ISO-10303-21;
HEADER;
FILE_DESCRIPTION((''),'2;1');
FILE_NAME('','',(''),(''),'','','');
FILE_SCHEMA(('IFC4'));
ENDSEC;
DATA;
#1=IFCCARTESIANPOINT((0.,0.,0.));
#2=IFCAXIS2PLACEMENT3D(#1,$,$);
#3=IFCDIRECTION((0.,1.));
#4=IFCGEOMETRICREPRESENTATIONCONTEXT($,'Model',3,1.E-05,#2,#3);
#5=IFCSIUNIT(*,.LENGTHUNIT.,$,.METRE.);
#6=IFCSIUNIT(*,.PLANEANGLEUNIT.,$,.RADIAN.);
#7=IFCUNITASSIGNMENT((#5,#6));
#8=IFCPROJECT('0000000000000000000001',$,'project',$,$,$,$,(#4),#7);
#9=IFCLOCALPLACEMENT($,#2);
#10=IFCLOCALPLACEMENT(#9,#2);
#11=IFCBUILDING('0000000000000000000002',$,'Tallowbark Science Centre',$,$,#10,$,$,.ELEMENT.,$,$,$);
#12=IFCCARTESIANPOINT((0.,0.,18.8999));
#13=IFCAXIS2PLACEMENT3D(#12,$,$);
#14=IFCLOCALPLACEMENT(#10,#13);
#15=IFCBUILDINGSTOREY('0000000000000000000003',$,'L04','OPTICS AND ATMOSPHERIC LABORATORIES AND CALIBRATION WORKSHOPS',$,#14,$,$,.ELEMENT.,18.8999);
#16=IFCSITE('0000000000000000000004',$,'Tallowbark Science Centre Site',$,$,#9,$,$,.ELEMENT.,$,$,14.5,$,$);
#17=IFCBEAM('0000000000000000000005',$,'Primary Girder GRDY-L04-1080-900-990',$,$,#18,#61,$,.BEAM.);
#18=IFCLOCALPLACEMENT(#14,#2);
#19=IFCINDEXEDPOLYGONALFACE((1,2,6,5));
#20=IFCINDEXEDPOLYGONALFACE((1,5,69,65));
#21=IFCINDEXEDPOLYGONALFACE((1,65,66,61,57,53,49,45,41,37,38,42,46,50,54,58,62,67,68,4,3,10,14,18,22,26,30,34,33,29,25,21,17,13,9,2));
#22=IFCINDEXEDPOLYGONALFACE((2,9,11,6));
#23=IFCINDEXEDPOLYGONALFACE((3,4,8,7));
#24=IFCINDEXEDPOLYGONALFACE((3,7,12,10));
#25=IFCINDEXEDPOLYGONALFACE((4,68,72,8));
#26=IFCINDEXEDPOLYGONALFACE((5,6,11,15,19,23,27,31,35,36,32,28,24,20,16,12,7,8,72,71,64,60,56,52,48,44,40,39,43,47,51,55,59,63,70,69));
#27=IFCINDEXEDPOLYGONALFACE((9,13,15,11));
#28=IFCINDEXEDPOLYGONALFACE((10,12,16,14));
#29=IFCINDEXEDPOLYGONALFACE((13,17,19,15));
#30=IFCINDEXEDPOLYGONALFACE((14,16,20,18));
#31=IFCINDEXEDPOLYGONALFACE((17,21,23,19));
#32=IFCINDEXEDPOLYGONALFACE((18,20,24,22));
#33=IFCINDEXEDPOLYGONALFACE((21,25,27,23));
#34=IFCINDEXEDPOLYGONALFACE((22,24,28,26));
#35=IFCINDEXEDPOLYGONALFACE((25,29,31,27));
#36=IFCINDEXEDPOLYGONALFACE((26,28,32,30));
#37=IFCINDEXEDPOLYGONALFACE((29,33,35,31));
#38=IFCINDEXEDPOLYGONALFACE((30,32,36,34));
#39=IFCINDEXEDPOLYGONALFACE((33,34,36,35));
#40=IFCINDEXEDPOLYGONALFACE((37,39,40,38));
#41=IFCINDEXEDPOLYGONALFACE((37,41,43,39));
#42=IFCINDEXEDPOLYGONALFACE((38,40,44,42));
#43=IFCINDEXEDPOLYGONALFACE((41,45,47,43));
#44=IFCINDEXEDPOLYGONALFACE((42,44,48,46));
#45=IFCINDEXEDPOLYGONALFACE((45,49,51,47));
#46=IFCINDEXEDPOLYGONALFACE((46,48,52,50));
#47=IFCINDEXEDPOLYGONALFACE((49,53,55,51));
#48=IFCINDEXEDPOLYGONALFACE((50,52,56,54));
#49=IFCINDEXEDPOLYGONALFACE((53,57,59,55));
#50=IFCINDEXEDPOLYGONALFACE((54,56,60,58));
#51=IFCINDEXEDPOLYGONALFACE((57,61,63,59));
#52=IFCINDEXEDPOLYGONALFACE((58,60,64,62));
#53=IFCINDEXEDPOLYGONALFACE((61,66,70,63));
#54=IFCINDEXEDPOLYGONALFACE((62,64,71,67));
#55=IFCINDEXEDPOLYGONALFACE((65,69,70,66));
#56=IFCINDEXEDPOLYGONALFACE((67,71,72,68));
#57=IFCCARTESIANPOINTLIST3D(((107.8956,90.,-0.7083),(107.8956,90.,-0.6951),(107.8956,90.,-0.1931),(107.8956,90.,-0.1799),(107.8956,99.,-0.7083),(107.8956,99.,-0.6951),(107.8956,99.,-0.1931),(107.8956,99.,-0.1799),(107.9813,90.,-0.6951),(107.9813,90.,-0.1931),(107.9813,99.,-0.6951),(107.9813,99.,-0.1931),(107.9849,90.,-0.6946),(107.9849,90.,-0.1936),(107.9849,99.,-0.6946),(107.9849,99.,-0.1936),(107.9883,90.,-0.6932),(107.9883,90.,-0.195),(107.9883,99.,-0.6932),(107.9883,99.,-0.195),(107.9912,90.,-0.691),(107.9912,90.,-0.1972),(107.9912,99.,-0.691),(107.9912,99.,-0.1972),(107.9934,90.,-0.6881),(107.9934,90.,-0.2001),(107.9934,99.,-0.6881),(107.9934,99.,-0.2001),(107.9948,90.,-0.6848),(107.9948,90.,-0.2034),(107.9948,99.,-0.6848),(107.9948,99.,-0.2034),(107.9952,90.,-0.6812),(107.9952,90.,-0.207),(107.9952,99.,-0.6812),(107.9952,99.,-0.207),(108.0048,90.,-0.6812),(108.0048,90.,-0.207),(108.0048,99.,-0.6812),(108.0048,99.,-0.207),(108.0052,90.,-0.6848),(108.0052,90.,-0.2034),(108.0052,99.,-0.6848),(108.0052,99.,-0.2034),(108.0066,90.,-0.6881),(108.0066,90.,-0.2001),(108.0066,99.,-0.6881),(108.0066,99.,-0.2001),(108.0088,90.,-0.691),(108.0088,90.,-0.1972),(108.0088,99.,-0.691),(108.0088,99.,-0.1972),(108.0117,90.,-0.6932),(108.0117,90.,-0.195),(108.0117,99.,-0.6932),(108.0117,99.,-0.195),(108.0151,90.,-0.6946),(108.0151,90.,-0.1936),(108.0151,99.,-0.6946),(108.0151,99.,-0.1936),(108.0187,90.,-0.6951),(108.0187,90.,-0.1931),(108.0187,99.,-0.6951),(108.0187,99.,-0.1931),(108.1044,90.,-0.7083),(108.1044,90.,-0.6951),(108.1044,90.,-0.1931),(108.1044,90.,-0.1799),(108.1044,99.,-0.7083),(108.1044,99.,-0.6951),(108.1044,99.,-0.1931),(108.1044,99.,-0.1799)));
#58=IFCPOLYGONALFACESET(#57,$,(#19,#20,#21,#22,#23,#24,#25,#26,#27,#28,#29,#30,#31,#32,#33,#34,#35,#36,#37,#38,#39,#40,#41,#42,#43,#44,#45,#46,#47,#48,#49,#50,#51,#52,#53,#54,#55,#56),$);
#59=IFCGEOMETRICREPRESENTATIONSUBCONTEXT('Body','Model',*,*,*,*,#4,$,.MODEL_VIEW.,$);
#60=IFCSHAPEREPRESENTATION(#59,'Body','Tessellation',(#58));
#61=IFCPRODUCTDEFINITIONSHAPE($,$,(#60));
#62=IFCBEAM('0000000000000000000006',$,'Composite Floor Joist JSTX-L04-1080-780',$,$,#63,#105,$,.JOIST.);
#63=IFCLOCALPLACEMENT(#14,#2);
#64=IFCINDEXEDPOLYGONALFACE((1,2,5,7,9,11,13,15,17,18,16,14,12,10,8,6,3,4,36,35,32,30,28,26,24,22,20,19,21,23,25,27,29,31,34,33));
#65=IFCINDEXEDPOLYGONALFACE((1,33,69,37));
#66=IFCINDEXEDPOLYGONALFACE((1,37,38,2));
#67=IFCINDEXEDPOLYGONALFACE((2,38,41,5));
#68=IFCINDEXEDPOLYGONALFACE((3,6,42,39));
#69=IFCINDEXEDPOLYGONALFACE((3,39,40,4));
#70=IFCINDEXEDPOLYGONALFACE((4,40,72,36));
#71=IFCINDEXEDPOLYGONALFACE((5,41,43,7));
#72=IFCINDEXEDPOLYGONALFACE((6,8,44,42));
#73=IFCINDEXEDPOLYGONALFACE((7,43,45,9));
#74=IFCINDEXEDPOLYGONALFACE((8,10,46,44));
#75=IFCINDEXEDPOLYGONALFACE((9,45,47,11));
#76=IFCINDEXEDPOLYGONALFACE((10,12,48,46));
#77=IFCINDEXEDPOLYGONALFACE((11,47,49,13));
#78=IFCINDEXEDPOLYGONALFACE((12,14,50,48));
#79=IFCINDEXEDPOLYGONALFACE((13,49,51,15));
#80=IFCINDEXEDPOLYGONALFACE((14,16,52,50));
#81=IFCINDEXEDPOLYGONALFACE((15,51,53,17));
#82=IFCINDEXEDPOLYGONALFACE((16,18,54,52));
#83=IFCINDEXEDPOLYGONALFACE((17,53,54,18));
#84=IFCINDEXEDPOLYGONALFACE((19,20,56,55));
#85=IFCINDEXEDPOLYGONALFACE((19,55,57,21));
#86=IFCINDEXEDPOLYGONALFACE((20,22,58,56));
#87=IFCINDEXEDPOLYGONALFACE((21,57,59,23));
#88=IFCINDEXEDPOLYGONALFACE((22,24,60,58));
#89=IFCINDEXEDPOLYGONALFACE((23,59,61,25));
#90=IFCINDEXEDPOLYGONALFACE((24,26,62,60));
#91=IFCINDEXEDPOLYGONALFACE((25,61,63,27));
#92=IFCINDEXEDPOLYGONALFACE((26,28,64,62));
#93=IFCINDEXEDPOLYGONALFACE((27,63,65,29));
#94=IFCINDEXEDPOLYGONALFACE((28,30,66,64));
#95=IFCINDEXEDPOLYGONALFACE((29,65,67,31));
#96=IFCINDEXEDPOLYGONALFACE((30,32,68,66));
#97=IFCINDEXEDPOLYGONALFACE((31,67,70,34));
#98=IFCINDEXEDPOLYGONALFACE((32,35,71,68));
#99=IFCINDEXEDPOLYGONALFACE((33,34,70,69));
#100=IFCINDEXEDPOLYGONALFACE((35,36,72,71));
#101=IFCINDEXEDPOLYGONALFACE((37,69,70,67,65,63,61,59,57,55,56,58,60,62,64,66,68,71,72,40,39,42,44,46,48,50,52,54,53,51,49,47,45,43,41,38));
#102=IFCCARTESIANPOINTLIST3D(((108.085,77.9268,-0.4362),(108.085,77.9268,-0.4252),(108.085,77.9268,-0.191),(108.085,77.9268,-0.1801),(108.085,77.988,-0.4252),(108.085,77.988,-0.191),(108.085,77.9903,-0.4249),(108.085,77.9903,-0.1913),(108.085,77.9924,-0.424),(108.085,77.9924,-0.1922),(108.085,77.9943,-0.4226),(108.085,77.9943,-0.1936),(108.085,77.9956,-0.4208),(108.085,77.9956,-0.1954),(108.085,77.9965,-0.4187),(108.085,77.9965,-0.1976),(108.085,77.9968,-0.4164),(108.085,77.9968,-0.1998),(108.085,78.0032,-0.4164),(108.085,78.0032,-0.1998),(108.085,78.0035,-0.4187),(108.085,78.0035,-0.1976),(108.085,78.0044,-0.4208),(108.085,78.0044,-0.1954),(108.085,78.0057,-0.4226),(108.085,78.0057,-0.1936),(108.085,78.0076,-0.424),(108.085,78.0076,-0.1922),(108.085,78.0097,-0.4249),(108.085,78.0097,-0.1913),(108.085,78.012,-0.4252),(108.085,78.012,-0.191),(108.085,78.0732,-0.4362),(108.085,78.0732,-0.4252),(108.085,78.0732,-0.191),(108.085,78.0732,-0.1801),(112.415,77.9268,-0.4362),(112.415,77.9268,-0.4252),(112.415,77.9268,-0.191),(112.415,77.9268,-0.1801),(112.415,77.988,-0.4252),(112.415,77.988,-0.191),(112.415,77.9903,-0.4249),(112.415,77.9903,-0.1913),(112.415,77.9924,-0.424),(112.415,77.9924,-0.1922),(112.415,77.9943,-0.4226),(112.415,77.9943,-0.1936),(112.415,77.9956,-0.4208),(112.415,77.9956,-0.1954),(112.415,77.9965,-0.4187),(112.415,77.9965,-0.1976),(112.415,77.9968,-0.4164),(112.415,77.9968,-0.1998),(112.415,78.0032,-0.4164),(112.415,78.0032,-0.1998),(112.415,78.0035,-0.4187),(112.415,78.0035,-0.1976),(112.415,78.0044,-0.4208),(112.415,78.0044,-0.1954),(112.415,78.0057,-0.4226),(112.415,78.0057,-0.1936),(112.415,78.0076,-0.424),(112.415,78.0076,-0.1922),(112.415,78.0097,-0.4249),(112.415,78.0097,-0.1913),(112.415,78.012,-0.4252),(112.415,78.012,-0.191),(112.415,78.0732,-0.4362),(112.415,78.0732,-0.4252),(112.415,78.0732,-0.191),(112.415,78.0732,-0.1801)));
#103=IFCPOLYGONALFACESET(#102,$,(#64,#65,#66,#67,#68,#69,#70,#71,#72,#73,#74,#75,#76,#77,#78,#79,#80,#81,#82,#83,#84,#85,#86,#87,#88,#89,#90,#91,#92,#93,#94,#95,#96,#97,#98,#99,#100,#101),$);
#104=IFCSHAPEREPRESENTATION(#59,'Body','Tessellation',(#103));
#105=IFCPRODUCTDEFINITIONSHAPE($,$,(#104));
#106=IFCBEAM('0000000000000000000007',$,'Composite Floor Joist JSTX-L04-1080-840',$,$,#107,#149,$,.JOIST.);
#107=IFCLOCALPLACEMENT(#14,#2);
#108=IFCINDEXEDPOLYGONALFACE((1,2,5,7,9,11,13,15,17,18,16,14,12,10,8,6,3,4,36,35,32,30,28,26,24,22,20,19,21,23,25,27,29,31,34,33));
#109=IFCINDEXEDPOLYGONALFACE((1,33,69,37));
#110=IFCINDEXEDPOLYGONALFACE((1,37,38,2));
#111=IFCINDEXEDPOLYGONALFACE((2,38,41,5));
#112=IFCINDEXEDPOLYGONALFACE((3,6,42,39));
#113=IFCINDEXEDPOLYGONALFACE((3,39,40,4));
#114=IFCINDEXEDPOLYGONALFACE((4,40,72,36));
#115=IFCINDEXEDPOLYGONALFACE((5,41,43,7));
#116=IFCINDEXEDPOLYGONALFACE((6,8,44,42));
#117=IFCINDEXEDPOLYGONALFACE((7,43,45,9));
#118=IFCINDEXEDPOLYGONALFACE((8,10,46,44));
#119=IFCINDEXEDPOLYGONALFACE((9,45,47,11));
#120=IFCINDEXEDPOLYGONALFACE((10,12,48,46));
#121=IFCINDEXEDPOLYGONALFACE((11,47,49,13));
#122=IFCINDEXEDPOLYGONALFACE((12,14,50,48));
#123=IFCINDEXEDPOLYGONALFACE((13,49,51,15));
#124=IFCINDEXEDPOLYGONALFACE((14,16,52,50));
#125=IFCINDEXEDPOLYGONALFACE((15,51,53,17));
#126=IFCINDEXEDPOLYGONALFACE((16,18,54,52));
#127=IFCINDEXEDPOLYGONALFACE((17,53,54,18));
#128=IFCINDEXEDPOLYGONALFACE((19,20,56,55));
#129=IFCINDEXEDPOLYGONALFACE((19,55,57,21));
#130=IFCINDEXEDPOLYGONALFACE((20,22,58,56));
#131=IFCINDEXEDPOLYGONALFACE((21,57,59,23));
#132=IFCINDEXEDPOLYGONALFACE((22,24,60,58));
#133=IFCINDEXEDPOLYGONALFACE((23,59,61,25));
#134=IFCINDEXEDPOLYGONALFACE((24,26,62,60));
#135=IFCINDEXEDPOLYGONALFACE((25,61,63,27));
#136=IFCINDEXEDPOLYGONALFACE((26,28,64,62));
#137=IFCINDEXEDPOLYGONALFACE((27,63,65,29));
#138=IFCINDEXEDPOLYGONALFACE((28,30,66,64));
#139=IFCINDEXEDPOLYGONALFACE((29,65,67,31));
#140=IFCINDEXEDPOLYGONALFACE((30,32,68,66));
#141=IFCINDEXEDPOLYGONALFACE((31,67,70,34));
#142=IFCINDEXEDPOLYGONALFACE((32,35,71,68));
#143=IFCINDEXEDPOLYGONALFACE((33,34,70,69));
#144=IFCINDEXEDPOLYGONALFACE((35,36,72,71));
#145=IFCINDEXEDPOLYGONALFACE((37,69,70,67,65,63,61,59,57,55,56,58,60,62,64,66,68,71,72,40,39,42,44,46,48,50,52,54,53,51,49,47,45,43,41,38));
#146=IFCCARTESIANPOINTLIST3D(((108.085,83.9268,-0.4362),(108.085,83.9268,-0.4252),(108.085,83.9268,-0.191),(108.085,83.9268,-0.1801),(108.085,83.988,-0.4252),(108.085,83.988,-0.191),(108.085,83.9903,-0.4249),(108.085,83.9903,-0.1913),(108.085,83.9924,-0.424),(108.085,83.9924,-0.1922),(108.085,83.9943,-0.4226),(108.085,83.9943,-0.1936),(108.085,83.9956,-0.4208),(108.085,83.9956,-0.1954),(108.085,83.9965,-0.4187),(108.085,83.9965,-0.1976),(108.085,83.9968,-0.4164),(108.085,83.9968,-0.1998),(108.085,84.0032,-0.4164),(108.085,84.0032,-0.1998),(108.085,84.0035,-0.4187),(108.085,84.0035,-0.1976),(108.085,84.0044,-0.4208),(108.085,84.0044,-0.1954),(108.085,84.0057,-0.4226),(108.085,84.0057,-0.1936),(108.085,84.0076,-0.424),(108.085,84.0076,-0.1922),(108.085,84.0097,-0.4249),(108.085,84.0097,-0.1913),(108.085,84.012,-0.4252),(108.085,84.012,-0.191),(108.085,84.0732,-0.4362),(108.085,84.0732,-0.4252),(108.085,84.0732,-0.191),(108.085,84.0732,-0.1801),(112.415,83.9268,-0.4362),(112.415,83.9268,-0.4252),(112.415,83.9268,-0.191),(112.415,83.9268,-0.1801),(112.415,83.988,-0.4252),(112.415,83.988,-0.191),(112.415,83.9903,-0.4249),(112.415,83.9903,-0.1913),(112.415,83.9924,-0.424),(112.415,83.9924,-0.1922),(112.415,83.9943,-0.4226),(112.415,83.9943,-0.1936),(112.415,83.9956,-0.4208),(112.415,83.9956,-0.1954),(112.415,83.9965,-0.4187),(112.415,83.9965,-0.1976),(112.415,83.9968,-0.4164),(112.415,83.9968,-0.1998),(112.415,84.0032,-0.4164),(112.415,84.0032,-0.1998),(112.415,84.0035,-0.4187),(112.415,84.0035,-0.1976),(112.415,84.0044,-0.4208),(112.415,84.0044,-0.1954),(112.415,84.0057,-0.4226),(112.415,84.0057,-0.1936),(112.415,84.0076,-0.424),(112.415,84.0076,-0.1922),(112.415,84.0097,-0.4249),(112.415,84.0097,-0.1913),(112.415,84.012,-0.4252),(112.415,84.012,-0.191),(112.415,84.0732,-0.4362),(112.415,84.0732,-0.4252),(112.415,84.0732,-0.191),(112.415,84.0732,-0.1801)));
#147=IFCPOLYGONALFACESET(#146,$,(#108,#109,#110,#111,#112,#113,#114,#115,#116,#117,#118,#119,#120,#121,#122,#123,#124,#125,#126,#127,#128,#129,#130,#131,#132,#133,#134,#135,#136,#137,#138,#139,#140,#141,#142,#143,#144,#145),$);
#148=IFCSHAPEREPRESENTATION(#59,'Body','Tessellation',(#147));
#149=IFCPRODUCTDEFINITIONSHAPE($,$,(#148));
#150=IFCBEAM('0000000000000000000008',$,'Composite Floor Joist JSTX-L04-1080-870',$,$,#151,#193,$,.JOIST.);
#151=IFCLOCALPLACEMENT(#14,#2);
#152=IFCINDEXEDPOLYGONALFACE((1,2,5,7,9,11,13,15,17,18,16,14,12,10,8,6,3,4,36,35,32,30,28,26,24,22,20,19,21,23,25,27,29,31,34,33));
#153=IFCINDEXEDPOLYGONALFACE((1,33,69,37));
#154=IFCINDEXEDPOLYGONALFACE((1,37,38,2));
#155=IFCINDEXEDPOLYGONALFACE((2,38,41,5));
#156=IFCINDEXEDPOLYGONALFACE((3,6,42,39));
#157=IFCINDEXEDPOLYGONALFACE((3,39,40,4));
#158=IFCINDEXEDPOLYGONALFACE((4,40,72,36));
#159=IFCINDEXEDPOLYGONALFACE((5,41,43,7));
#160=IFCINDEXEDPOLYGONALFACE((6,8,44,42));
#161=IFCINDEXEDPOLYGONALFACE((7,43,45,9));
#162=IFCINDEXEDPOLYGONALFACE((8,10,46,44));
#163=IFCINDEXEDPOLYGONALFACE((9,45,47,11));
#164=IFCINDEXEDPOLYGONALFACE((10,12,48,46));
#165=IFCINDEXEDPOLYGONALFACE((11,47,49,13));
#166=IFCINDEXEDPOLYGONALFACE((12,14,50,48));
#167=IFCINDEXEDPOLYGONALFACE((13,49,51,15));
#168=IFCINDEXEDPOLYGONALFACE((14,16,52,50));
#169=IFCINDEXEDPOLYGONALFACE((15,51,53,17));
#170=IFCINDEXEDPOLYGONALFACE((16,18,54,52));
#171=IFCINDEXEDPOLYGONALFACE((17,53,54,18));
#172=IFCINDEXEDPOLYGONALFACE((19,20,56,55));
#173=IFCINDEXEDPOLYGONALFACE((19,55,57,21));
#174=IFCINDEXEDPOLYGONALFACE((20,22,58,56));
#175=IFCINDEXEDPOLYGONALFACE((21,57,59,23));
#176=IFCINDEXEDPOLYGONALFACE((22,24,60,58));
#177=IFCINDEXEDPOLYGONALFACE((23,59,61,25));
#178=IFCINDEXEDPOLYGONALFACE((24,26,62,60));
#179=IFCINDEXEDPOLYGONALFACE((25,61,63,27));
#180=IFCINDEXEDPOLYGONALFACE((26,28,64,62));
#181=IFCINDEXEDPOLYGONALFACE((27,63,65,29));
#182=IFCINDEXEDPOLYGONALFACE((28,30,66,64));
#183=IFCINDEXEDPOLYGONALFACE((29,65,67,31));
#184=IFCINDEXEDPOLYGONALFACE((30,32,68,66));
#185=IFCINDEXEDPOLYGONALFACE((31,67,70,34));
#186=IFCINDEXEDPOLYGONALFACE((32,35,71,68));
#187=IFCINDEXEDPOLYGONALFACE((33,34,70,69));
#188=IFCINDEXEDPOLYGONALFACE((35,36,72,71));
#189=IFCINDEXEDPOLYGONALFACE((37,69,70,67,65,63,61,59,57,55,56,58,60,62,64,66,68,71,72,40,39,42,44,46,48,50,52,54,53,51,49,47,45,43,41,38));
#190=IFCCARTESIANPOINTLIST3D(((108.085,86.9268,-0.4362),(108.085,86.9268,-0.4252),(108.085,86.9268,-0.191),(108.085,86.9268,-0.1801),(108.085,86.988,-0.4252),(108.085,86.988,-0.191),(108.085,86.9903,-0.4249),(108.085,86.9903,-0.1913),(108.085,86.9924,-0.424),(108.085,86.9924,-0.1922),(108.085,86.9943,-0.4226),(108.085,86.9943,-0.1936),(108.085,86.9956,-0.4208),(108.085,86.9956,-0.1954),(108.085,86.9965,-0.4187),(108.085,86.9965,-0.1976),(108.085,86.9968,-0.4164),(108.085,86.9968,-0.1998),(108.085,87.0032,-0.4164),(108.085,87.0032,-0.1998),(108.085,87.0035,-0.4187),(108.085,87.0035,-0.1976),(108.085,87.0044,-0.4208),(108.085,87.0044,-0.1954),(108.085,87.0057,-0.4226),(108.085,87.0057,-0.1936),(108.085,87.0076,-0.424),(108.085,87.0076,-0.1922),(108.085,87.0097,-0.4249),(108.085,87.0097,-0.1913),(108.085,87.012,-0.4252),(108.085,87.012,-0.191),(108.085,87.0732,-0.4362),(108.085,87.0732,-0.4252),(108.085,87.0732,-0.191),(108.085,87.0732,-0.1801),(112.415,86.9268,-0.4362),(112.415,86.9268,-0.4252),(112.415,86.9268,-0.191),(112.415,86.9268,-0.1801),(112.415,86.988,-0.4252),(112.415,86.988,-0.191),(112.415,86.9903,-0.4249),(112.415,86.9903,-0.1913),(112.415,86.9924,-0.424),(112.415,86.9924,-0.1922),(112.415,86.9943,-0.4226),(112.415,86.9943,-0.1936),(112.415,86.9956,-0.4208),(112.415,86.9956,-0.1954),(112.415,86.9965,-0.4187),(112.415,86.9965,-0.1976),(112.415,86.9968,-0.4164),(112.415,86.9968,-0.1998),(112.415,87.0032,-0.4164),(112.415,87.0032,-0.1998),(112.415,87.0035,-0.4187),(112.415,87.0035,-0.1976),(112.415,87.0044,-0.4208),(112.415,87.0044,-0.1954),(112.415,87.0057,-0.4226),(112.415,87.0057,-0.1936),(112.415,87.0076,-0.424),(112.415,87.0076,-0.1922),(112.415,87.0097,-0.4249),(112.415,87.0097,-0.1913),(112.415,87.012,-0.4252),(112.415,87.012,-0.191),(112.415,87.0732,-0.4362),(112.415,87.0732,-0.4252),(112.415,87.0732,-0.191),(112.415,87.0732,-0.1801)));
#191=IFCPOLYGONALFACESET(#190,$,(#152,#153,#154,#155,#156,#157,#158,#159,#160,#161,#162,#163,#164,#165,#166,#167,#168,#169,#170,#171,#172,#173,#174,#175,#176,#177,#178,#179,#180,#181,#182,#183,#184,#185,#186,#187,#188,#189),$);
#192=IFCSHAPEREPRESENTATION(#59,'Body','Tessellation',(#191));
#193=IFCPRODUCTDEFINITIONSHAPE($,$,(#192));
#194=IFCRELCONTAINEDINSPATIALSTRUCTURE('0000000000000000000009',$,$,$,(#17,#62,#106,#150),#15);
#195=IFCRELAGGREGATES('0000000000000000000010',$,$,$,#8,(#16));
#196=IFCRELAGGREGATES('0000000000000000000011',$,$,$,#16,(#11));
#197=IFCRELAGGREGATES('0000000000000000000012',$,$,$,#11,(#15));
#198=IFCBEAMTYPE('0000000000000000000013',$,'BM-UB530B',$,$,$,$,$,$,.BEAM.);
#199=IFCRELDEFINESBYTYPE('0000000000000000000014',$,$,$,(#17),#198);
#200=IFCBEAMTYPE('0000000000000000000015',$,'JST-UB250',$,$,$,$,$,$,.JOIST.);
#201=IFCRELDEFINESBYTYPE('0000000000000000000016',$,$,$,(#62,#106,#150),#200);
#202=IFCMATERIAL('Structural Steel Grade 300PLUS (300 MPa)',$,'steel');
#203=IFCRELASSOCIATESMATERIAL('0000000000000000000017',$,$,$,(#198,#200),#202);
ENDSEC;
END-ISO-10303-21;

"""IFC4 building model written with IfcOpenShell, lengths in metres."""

from ifc_helpers import new_model, si_unit, direction, frame, origin, origin_2d, place, context, subcontext, project, spatial, i_section, extrude, material, material_profile, profile_set, type_object, element, save


model = new_model("IFC4")

# Units and contexts
model_context = context("Model", 3, precision=1e-05, world=origin(), true_north=direction((0.0, 1.0)))
body_context = subcontext(model_context, "Body", "Model", "MODEL_VIEW")
ifc_project = project(units=[si_unit("LENGTHUNIT", "METRE"), si_unit("PLANEANGLEUNIT", "RADIAN")], contexts=[model_context])

# Site, building, storey
site_placement = place(None, origin())
site = spatial("IfcSite", under=ifc_project, at=site_placement, Name="Tallowbark Science Centre Site", CompositionType="ELEMENT", RefElevation=14.5)
building_placement = place(site_placement, origin())
building = spatial("IfcBuilding", under=site, at=building_placement, Name="Tallowbark Science Centre", CompositionType="ELEMENT")
storey_placement = place(building_placement, frame((0.0, 0.0, 18.8999)))
storey = spatial("IfcBuildingStorey", under=building, at=storey_placement, Name="L04", Description="OPTICS AND ATMOSPHERIC LABORATORIES AND CALIBRATION WORKSHOPS", CompositionType="ELEMENT", Elevation=18.8999)

# Beams
ifc_material_1 = material(Name="Structural Steel Grade 300PLUS (300 MPa)", Category="steel")
ifc_material_profile_1 = material_profile(ifc_material_1, i_section(OverallWidth=0.2087, OverallDepth=0.5283, WebThickness=0.0095, FlangeThickness=0.0132, FilletRadius=0.0139, at=origin_2d()), Name="530UB82.0")
ifc_profile_set_1 = profile_set([ifc_material_profile_1], Name="Structural Steel Grade 300PLUS (300 MPa)")
beam_type_1 = type_object("IfcBeamType", Name="BM-UB530B", PredefinedType="BEAM", material=ifc_profile_set_1)
for number, where, z_axis, x_axis, name in (
    (1, (108.0, 90.0, -0.4441), (0.0, 1.0, 0.0), (-1.0, 0.0, 0.0), "Primary Girder GRDY-L04-1080-900-990"),
):
    element("IfcBeam", number, at=place(storey_placement, frame(where, z_axis=z_axis, x_axis=x_axis)), inside=storey, type_object=beam_type_1, Name=name, PredefinedType="BEAM", context=body_context, shape_type="SweptSolid", body=[
        extrude(i_section(OverallWidth=0.2087, OverallDepth=0.5283, WebThickness=0.0095, FlangeThickness=0.0132, FilletRadius=0.0139, at=origin_2d()), origin(), (0.0, 0.0, 1.0), 9.0),
    ])
ifc_material_profile_2 = material_profile(ifc_material_1, i_section(OverallWidth=0.1465, OverallDepth=0.2561, WebThickness=0.0063, FlangeThickness=0.011, FilletRadius=0.0088, at=origin_2d()), Name="250UB37.3")
ifc_profile_set_2 = profile_set([ifc_material_profile_2], Name="Structural Steel Grade 300PLUS (300 MPa)")
beam_type_2 = type_object("IfcBeamType", Name="JST-UB250", PredefinedType="JOIST", material=ifc_profile_set_2)
for number, where, z_axis, x_axis, name in (
    (2, (108.085, 78.0, -0.3081), (1.0, 0.0, 0.0), (0.0, 1.0, 0.0), "Composite Floor Joist JSTX-L04-1080-780"),
    (3, (108.085, 84.0, -0.3081), (1.0, 0.0, 0.0), (0.0, 1.0, 0.0), "Composite Floor Joist JSTX-L04-1080-840"),
    (4, (108.085, 87.0, -0.3081), (1.0, 0.0, 0.0), (0.0, 1.0, 0.0), "Composite Floor Joist JSTX-L04-1080-870"),
):
    element("IfcBeam", number, at=place(storey_placement, frame(where, z_axis=z_axis, x_axis=x_axis)), inside=storey, type_object=beam_type_2, Name=name, PredefinedType="JOIST", context=body_context, shape_type="SweptSolid", body=[
        extrude(i_section(OverallWidth=0.1465, OverallDepth=0.2561, WebThickness=0.0063, FlangeThickness=0.011, FilletRadius=0.0088, at=origin_2d()), origin(), (0.0, 0.0, 1.0), 4.3301),
    ])

save(model, "model.ifc")
